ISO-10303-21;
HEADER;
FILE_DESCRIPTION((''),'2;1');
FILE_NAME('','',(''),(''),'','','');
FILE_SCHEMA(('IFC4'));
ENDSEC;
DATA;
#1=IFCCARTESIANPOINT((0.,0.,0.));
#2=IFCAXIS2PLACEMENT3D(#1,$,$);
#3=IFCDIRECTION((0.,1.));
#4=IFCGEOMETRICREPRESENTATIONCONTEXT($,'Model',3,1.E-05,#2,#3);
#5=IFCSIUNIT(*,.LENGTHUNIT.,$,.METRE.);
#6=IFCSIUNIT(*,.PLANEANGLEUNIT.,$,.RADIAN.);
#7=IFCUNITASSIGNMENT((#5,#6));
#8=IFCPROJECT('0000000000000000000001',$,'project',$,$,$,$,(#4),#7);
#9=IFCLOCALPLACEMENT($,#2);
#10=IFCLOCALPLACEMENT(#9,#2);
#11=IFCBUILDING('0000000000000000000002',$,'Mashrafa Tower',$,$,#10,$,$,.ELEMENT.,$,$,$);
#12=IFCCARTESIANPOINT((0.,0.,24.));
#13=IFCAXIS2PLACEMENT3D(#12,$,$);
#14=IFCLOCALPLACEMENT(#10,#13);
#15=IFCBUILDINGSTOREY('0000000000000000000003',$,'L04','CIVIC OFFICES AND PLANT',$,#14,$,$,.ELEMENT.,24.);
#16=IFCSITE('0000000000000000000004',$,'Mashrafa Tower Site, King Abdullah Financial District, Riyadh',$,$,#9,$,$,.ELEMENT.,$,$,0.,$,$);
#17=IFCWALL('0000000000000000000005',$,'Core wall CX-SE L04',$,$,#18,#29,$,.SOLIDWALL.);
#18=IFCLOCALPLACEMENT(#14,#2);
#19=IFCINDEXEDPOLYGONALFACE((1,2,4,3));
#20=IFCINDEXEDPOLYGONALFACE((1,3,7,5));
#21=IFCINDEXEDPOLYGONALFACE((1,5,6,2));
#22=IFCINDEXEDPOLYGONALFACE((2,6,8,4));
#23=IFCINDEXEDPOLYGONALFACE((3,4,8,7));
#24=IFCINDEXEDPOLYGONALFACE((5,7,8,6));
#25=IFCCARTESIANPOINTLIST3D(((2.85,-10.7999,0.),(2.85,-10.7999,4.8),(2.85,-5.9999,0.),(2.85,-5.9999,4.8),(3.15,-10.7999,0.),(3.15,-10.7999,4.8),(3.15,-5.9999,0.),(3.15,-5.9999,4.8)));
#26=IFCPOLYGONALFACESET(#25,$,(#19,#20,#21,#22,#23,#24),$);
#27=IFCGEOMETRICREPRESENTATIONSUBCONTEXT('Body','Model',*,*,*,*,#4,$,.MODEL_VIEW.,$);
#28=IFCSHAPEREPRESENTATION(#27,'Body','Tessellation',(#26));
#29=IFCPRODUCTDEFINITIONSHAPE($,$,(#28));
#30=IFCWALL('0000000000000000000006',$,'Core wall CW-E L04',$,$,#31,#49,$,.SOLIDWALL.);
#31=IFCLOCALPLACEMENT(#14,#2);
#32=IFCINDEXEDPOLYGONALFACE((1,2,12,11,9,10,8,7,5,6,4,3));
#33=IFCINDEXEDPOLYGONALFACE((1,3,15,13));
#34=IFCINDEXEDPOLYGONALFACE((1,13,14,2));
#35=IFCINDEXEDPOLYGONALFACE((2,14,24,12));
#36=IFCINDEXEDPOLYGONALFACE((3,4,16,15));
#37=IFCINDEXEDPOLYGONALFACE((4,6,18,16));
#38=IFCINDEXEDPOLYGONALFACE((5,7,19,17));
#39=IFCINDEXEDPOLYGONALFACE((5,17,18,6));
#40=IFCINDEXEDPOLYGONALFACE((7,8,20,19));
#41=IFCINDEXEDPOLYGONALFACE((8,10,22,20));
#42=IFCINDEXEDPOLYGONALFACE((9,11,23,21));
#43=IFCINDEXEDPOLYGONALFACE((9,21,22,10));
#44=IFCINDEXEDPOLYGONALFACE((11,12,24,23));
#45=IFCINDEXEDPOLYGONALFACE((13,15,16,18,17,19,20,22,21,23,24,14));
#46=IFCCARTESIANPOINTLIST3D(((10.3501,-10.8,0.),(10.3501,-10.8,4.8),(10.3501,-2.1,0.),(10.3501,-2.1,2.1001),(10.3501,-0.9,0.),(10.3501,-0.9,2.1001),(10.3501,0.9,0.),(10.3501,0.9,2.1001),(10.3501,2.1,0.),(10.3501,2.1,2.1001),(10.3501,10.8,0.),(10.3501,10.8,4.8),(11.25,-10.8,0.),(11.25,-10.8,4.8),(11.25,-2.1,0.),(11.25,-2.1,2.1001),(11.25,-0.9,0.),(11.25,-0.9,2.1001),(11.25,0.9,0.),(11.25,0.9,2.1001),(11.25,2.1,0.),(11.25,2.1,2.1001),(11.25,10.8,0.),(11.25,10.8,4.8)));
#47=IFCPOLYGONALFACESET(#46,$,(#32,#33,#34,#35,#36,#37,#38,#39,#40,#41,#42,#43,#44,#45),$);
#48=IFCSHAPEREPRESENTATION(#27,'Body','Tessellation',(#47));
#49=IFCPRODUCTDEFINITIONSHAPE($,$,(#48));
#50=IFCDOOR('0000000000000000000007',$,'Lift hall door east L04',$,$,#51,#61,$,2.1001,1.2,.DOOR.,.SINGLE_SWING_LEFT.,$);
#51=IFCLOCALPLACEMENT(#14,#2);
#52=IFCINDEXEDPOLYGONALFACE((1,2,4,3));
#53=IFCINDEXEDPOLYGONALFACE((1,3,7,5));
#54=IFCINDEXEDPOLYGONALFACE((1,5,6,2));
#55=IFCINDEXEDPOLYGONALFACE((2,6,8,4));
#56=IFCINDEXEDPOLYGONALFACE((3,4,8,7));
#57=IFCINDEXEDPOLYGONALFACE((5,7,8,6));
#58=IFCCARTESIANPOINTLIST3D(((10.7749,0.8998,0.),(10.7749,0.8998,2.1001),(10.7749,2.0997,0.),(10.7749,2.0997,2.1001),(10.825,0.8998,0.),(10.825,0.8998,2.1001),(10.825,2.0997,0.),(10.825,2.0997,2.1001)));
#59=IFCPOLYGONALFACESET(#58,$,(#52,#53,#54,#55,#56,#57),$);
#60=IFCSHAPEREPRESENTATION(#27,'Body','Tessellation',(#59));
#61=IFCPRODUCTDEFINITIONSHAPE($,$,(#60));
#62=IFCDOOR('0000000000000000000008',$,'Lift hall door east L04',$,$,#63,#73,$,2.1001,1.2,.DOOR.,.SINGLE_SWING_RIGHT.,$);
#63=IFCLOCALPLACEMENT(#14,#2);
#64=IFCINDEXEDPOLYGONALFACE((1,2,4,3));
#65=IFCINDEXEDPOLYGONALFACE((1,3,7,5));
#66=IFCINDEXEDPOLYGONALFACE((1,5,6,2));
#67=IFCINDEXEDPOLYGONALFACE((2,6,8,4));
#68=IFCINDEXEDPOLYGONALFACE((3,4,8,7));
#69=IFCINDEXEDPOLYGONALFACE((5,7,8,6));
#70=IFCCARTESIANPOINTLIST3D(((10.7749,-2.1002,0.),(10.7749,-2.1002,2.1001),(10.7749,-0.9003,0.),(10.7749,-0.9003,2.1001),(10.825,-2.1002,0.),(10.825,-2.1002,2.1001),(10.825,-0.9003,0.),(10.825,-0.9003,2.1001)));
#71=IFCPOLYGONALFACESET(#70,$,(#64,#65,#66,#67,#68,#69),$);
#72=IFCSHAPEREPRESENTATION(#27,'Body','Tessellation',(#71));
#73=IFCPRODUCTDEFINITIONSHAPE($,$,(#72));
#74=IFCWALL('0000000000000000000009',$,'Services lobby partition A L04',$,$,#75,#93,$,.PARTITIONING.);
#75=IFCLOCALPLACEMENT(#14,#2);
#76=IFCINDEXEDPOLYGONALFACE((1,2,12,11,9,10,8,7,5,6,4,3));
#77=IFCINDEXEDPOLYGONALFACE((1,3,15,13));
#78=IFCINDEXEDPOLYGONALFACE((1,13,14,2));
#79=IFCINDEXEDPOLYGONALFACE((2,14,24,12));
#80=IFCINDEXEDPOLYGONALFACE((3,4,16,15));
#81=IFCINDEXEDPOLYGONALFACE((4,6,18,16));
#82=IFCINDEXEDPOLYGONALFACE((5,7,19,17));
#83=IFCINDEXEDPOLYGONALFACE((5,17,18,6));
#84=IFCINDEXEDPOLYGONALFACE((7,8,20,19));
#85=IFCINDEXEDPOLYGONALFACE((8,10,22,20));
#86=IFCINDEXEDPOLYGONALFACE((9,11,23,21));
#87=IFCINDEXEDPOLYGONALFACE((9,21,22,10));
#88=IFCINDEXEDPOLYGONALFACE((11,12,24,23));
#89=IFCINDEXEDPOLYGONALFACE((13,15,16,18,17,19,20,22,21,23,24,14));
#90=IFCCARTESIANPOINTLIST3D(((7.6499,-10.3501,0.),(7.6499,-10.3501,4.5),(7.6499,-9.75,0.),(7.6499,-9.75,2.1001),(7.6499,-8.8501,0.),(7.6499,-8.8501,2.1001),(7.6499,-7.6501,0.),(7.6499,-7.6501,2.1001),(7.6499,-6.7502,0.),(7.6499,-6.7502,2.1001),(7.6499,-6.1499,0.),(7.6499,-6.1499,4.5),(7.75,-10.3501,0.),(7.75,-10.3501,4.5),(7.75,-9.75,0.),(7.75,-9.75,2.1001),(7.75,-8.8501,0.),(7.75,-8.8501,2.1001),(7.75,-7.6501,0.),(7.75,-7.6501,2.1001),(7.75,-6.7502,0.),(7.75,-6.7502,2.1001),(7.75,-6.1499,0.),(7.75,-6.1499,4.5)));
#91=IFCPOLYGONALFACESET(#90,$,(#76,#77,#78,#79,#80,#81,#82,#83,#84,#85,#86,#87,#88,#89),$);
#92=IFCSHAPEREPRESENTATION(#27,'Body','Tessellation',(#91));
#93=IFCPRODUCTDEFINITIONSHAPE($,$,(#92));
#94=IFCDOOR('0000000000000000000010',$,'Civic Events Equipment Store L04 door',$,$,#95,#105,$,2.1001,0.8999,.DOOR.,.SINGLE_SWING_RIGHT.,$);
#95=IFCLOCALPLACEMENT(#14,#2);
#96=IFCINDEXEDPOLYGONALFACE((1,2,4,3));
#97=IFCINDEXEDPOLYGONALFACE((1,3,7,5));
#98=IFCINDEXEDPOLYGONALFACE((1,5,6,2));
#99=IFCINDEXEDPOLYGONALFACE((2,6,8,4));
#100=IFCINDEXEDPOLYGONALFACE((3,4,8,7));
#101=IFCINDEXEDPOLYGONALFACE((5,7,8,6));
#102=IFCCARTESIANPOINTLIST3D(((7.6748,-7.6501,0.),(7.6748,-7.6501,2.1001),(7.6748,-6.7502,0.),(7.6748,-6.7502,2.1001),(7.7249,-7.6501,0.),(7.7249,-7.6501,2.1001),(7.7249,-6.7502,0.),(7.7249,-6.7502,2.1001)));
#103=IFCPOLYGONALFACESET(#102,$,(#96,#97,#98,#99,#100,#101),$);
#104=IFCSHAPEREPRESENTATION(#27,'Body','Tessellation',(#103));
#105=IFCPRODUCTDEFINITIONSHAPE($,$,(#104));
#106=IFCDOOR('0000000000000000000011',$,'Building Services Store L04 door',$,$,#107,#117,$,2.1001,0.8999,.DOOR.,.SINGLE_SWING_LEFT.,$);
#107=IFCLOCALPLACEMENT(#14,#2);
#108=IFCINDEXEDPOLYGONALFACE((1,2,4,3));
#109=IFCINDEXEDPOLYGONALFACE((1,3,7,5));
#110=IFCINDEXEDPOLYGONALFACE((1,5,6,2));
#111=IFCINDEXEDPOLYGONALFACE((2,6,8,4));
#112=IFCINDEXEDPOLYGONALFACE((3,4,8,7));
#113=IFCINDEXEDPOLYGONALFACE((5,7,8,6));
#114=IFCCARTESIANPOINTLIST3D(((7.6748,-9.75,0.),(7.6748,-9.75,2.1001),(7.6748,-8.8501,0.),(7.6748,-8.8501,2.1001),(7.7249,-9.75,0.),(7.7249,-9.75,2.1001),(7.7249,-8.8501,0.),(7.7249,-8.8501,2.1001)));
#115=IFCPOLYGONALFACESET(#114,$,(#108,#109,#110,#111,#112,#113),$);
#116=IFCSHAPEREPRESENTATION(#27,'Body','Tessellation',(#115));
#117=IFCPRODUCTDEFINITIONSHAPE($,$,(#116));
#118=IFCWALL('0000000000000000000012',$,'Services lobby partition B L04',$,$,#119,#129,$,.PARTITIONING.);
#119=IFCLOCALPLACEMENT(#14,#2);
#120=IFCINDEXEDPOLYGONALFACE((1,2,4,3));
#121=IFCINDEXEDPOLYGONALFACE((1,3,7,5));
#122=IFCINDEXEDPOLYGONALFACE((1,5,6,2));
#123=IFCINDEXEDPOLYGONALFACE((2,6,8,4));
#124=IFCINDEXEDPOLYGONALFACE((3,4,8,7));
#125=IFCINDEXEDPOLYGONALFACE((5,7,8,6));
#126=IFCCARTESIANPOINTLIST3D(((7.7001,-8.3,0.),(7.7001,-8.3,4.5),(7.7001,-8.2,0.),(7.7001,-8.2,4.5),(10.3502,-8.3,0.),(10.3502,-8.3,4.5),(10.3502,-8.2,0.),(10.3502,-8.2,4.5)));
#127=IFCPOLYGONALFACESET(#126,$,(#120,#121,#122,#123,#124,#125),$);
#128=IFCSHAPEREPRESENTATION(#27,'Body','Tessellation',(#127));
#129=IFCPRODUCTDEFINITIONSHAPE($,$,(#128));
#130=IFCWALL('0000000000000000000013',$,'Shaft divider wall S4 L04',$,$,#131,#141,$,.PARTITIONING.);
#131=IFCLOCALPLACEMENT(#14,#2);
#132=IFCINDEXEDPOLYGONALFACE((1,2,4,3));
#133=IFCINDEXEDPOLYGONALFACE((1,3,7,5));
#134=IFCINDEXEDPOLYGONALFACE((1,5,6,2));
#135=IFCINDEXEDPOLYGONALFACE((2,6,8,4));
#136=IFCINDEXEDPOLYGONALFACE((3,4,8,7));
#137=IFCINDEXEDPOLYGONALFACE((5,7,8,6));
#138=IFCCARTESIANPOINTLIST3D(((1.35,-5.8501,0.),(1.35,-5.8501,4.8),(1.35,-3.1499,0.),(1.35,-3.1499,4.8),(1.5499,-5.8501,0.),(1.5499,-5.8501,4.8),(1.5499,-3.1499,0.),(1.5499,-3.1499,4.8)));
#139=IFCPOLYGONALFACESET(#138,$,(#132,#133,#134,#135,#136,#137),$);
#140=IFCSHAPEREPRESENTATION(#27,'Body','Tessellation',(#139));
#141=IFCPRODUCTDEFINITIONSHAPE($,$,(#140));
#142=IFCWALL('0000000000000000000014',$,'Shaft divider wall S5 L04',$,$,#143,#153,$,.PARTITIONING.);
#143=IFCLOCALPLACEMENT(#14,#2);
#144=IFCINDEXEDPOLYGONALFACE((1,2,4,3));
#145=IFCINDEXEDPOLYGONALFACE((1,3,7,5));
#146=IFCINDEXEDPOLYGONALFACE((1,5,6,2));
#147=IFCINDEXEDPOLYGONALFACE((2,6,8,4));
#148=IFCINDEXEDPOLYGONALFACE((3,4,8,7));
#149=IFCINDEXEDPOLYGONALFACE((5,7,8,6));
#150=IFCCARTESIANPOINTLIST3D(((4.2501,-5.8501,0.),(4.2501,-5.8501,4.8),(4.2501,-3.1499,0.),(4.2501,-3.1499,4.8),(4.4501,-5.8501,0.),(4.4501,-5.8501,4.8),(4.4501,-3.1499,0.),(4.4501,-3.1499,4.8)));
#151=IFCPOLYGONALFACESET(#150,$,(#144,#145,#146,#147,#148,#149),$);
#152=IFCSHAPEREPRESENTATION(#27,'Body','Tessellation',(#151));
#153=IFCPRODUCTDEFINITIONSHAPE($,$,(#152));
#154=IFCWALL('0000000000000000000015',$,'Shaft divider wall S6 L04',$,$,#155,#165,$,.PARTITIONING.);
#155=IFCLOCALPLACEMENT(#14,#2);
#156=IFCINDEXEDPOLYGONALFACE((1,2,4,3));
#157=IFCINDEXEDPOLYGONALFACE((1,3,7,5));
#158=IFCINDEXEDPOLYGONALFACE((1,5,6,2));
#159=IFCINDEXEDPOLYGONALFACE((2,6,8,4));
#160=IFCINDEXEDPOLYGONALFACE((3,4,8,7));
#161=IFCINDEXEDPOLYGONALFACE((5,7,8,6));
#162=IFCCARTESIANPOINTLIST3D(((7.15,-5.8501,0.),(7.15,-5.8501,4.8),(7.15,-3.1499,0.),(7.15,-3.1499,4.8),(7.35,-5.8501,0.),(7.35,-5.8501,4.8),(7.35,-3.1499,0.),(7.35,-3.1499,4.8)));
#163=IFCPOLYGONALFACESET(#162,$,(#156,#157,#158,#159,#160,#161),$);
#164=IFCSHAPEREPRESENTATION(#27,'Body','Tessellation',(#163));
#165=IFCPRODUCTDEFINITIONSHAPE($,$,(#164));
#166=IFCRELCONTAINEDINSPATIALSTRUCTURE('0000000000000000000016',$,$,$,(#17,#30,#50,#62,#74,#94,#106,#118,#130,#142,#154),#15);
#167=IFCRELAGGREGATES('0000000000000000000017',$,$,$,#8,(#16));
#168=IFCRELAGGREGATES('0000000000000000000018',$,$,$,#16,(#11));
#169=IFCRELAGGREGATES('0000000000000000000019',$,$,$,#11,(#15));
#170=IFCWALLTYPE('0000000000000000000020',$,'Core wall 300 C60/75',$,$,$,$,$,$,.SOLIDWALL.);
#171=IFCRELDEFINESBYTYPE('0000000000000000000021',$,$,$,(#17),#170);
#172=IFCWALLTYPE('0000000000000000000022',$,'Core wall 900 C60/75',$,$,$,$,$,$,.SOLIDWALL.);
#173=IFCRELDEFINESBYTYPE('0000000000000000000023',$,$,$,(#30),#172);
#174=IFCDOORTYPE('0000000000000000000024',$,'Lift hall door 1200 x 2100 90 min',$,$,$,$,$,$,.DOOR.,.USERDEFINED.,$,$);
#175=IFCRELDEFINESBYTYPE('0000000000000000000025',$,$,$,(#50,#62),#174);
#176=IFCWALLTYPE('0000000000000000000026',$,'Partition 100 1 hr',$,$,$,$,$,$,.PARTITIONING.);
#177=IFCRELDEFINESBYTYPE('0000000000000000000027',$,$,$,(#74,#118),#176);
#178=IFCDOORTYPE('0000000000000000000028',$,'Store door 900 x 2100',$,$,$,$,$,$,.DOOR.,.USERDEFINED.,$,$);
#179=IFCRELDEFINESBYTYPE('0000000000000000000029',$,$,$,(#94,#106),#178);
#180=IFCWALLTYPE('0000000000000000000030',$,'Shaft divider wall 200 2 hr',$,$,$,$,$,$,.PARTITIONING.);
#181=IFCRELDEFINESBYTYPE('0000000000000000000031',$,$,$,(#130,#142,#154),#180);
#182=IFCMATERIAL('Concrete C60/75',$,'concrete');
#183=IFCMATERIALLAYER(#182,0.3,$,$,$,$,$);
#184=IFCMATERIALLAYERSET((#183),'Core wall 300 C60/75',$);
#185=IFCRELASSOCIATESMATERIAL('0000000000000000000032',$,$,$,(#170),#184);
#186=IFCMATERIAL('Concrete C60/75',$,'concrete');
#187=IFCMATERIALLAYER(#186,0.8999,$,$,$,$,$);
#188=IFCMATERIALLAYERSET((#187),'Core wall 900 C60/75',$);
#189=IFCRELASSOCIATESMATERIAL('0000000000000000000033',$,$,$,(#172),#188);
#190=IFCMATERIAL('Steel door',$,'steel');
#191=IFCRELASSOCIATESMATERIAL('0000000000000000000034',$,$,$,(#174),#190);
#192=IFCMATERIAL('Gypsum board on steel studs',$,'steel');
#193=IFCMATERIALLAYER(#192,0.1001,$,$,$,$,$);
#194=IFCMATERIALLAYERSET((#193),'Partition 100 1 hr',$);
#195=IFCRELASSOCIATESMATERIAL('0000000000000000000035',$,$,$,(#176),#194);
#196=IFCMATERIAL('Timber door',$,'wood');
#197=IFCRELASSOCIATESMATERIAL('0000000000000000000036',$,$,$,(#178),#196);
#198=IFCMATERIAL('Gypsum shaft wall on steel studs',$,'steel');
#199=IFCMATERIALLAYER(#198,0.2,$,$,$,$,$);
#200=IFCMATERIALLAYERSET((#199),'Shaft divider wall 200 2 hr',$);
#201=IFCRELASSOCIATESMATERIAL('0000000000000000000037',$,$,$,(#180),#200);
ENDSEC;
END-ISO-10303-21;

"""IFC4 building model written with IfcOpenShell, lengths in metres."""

from ifc_helpers import new_model, si_unit, direction, frame, frame_2d, origin, place, context, subcontext, project, spatial, rectangle, extrude, material, layer, layer_set, type_object, element, fill, save


model = new_model("IFC4")

# Units and contexts
model_context = context("Model", 3, precision=1e-05, world=origin(), true_north=direction((0.0, 1.0)))
body_context = subcontext(model_context, "Body", "Model", "MODEL_VIEW")
ifc_project = project(units=[si_unit("LENGTHUNIT", "METRE"), si_unit("PLANEANGLEUNIT", "RADIAN")], contexts=[model_context])

# Site, building, storey
site_placement = place(None, origin())
site = spatial("IfcSite", under=ifc_project, at=site_placement, Name="Mashrafa Tower Site, King Abdullah Financial District, Riyadh", CompositionType="ELEMENT", RefElevation=0.0)
building_placement = place(site_placement, origin())
building = spatial("IfcBuilding", under=site, at=building_placement, Name="Mashrafa Tower", CompositionType="ELEMENT")
storey_placement = place(building_placement, frame((0.0, 0.0, 24.0)))
storey = spatial("IfcBuildingStorey", under=building, at=storey_placement, Name="L04", Description="CIVIC OFFICES AND PLANT", CompositionType="ELEMENT", Elevation=24.0)

# Wall
ifc_material_1 = material(Name="Concrete C60/75", Category="concrete")
ifc_layer_1 = layer(ifc_material_1, 0.3)
ifc_layer_set_1 = layer_set([ifc_layer_1], Name="Core wall 300 C60/75")
wall_type_1 = type_object("IfcWallType", Name="Core wall 300 C60/75", PredefinedType="SOLIDWALL", material=ifc_layer_set_1)
wall_1_placement = place(storey_placement, frame((3.0, -6.0, 0.0), z_axis=(0.0, 0.0, 1.0), x_axis=(0.0, -1.0, 0.0)))
element("IfcWall", 1, at=wall_1_placement, inside=storey, type_object=wall_type_1, Name="Core wall CX-SE L04", PredefinedType="SOLIDWALL", context=body_context, shape_type="SweptSolid", body=[
    extrude(rectangle(XDim=4.8, YDim=0.3, at=frame_2d((2.3999, 0.0))), origin(), (0.0, 0.0, 1.0), 4.8),
])

# Walls, openings, doors
ifc_material_2 = material(Name="Concrete C60/75", Category="concrete")
ifc_layer_2 = layer(ifc_material_2, 0.8999)
ifc_layer_set_2 = layer_set([ifc_layer_2], Name="Core wall 900 C60/75")
wall_type_2 = type_object("IfcWallType", Name="Core wall 900 C60/75", PredefinedType="SOLIDWALL", material=ifc_layer_set_2)
wall_2_placement = place(storey_placement, frame((10.8, -10.8, 0.0), z_axis=(0.0, 0.0, 1.0), x_axis=(0.0, 1.0, 0.0)))
wall_2 = element("IfcWall", 2, at=wall_2_placement, inside=storey, type_object=wall_type_2, Name="Core wall CW-E L04", PredefinedType="SOLIDWALL", context=body_context, shape_type="SweptSolid", body=[
    extrude(rectangle(XDim=21.6001, YDim=0.8999, at=frame_2d((10.8, 0.0))), origin(), (0.0, 0.0, 1.0), 4.8),
])
opening_1_placement = place(wall_2_placement, frame((11.7, 0.0, 0.0)))
opening_1 = element("IfcOpeningElement", 3, at=opening_1_placement, cuts=wall_2, PredefinedType="OPENING", context=body_context, shape_type="SweptSolid", body=[
    extrude(rectangle(XDim=1.2, YDim=2.1001, at=frame_2d((0.6001, 1.05))), frame((0.0, 0.46, 0.0), z_axis=(0.0, -1.0, 0.0), x_axis=(1.0, 0.0, 0.0)), (0.0, 0.0, 1.0), 0.9199),
])
opening_2_placement = place(wall_2_placement, frame((8.7, 0.0, 0.0)))
opening_2 = element("IfcOpeningElement", 4, at=opening_2_placement, cuts=wall_2, PredefinedType="OPENING", context=body_context, shape_type="SweptSolid", body=[
    extrude(rectangle(XDim=1.2, YDim=2.1001, at=frame_2d((0.6001, 1.05))), frame((0.0, 0.46, 0.0), z_axis=(0.0, -1.0, 0.0), x_axis=(1.0, 0.0, 0.0)), (0.0, 0.0, 1.0), 0.9199),
])
ifc_material_3 = material(Name="Steel door", Category="steel")
door_type_1 = type_object("IfcDoorType", Name="Lift hall door 1200 x 2100 90 min", OperationType="USERDEFINED", PredefinedType="DOOR", material=ifc_material_3)
door_1_placement = place(opening_1_placement, frame((1.2, 0.0, 0.0), z_axis=(0.0, 0.0, 1.0), x_axis=(-1.0, 0.0, 0.0)))
door_1 = element("IfcDoor", 5, at=door_1_placement, inside=storey, type_object=door_type_1, Name="Lift hall door east L04", OperationType="SINGLE_SWING_LEFT", OverallHeight=2.1001, OverallWidth=1.2, PredefinedType="DOOR", context=body_context, shape_type="SweptSolid", body=[
    extrude(rectangle(XDim=1.2, YDim=2.1001, at=frame_2d((0.6001, 1.05))), frame((0.0, 0.0249, 0.0), z_axis=(0.0, -1.0, 0.0), x_axis=(1.0, 0.0, 0.0)), (0.0, 0.0, 1.0), 0.05),
])
fill(opening_1, door_1)
door_2_placement = place(opening_2_placement, frame((1.2, 0.0, 0.0), z_axis=(0.0, 0.0, 1.0), x_axis=(-1.0, 0.0, 0.0)))
door_2 = element("IfcDoor", 6, at=door_2_placement, inside=storey, type_object=door_type_1, Name="Lift hall door east L04", OperationType="SINGLE_SWING_RIGHT", OverallHeight=2.1001, OverallWidth=1.2, PredefinedType="DOOR", context=body_context, shape_type="SweptSolid", body=[
    extrude(rectangle(XDim=1.2, YDim=2.1001, at=frame_2d((0.6001, 1.05))), frame((0.0, 0.0249, 0.0), z_axis=(0.0, -1.0, 0.0), x_axis=(1.0, 0.0, 0.0)), (0.0, 0.0, 1.0), 0.05),
])
fill(opening_2, door_2)
ifc_material_4 = material(Name="Gypsum board on steel studs", Category="steel")
ifc_layer_3 = layer(ifc_material_4, 0.1001)
ifc_layer_set_3 = layer_set([ifc_layer_3], Name="Partition 100 1 hr")
wall_type_3 = type_object("IfcWallType", Name="Partition 100 1 hr", PredefinedType="PARTITIONING", material=ifc_layer_set_3)
wall_3_placement = place(storey_placement, frame((7.7, -10.3501, 0.0), z_axis=(0.0, 0.0, 1.0), x_axis=(0.0, 1.0, 0.0)))
wall_3 = element("IfcWall", 7, at=wall_3_placement, inside=storey, type_object=wall_type_3, Name="Services lobby partition A L04", PredefinedType="PARTITIONING", context=body_context, shape_type="SweptSolid", body=[
    extrude(rectangle(XDim=4.2002, YDim=0.1001, at=frame_2d((2.1001, 0.0))), origin(), (0.0, 0.0, 1.0), 4.5),
])
opening_3_placement = place(wall_3_placement, frame((2.7, 0.0, 0.0)))
opening_3 = element("IfcOpeningElement", 8, at=opening_3_placement, cuts=wall_3, PredefinedType="OPENING", context=body_context, shape_type="SweptSolid", body=[
    extrude(rectangle(XDim=0.8999, YDim=2.1001, at=frame_2d((0.45, 1.05))), frame((0.0, 0.0601, 0.0), z_axis=(0.0, -1.0, 0.0), x_axis=(1.0, 0.0, 0.0)), (0.0, 0.0, 1.0), 0.1201),
])
opening_4_placement = place(wall_3_placement, frame((0.6001, 0.0, 0.0)))
opening_4 = element("IfcOpeningElement", 9, at=opening_4_placement, cuts=wall_3, PredefinedType="OPENING", context=body_context, shape_type="SweptSolid", body=[
    extrude(rectangle(XDim=0.8999, YDim=2.1001, at=frame_2d((0.45, 1.05))), frame((0.0, 0.0601, 0.0), z_axis=(0.0, -1.0, 0.0), x_axis=(1.0, 0.0, 0.0)), (0.0, 0.0, 1.0), 0.1201),
])
ifc_material_5 = material(Name="Timber door", Category="wood")
door_type_2 = type_object("IfcDoorType", Name="Store door 900 x 2100", OperationType="USERDEFINED", PredefinedType="DOOR", material=ifc_material_5)
door_3_placement = place(opening_3_placement, frame((0.8999, 0.0, 0.0), z_axis=(0.0, 0.0, 1.0), x_axis=(-1.0, 0.0, 0.0)))
door_3 = element("IfcDoor", 10, at=door_3_placement, inside=storey, type_object=door_type_2, Name="Civic Events Equipment Store L04 door", OperationType="SINGLE_SWING_RIGHT", OverallHeight=2.1001, OverallWidth=0.8999, PredefinedType="DOOR", context=body_context, shape_type="SweptSolid", body=[
    extrude(rectangle(XDim=0.8999, YDim=2.1001, at=frame_2d((0.45, 1.05))), frame((0.0, 0.0249, 0.0), z_axis=(0.0, -1.0, 0.0), x_axis=(1.0, 0.0, 0.0)), (0.0, 0.0, 1.0), 0.05),
])
fill(opening_3, door_3)
door_4_placement = place(opening_4_placement, frame((0.8999, 0.0, 0.0), z_axis=(0.0, 0.0, 1.0), x_axis=(-1.0, 0.0, 0.0)))
door_4 = element("IfcDoor", 11, at=door_4_placement, inside=storey, type_object=door_type_2, Name="Building Services Store L04 door", OperationType="SINGLE_SWING_LEFT", OverallHeight=2.1001, OverallWidth=0.8999, PredefinedType="DOOR", context=body_context, shape_type="SweptSolid", body=[
    extrude(rectangle(XDim=0.8999, YDim=2.1001, at=frame_2d((0.45, 1.05))), frame((0.0, 0.0249, 0.0), z_axis=(0.0, -1.0, 0.0), x_axis=(1.0, 0.0, 0.0)), (0.0, 0.0, 1.0), 0.05),
])
fill(opening_4, door_4)

# Walls
wall_4_placement = place(storey_placement, frame((7.7, -8.25, 0.0), z_axis=(0.0, 0.0, 1.0), x_axis=(1.0, 0.0, 0.0)))
element("IfcWall", 12, at=wall_4_placement, inside=storey, type_object=wall_type_3, Name="Services lobby partition B L04", PredefinedType="PARTITIONING", context=body_context, shape_type="SweptSolid", body=[
    extrude(rectangle(XDim=2.6501, YDim=0.1001, at=frame_2d((1.3252, 0.0))), origin(), (0.0, 0.0, 1.0), 4.5),
])
ifc_material_6 = material(Name="Gypsum shaft wall on steel studs", Category="steel")
ifc_layer_4 = layer(ifc_material_6, 0.2)
ifc_layer_set_4 = layer_set([ifc_layer_4], Name="Shaft divider wall 200 2 hr")
wall_type_4 = type_object("IfcWallType", Name="Shaft divider wall 200 2 hr", PredefinedType="PARTITIONING", material=ifc_layer_set_4)
for number, where, z_axis, x_axis, name in (
    (13, (1.45, -5.8501, 0.0), (0.0, 0.0, 1.0), (0.0, 1.0, 0.0), "Shaft divider wall S4 L04"),
    (14, (4.3501, -5.8501, 0.0), (0.0, 0.0, 1.0), (0.0, 1.0, 0.0), "Shaft divider wall S5 L04"),
    (15, (7.25, -5.8501, 0.0), (0.0, 0.0, 1.0), (0.0, 1.0, 0.0), "Shaft divider wall S6 L04"),
):
    element("IfcWall", number, at=place(storey_placement, frame(where, z_axis=z_axis, x_axis=x_axis)), inside=storey, type_object=wall_type_4, Name=name, PredefinedType="PARTITIONING", context=body_context, shape_type="SweptSolid", body=[
        extrude(rectangle(XDim=2.7002, YDim=0.2, at=frame_2d((1.3501, 0.0))), origin(), (0.0, 0.0, 1.0), 4.8),
    ])

save(model, "model.ifc")
